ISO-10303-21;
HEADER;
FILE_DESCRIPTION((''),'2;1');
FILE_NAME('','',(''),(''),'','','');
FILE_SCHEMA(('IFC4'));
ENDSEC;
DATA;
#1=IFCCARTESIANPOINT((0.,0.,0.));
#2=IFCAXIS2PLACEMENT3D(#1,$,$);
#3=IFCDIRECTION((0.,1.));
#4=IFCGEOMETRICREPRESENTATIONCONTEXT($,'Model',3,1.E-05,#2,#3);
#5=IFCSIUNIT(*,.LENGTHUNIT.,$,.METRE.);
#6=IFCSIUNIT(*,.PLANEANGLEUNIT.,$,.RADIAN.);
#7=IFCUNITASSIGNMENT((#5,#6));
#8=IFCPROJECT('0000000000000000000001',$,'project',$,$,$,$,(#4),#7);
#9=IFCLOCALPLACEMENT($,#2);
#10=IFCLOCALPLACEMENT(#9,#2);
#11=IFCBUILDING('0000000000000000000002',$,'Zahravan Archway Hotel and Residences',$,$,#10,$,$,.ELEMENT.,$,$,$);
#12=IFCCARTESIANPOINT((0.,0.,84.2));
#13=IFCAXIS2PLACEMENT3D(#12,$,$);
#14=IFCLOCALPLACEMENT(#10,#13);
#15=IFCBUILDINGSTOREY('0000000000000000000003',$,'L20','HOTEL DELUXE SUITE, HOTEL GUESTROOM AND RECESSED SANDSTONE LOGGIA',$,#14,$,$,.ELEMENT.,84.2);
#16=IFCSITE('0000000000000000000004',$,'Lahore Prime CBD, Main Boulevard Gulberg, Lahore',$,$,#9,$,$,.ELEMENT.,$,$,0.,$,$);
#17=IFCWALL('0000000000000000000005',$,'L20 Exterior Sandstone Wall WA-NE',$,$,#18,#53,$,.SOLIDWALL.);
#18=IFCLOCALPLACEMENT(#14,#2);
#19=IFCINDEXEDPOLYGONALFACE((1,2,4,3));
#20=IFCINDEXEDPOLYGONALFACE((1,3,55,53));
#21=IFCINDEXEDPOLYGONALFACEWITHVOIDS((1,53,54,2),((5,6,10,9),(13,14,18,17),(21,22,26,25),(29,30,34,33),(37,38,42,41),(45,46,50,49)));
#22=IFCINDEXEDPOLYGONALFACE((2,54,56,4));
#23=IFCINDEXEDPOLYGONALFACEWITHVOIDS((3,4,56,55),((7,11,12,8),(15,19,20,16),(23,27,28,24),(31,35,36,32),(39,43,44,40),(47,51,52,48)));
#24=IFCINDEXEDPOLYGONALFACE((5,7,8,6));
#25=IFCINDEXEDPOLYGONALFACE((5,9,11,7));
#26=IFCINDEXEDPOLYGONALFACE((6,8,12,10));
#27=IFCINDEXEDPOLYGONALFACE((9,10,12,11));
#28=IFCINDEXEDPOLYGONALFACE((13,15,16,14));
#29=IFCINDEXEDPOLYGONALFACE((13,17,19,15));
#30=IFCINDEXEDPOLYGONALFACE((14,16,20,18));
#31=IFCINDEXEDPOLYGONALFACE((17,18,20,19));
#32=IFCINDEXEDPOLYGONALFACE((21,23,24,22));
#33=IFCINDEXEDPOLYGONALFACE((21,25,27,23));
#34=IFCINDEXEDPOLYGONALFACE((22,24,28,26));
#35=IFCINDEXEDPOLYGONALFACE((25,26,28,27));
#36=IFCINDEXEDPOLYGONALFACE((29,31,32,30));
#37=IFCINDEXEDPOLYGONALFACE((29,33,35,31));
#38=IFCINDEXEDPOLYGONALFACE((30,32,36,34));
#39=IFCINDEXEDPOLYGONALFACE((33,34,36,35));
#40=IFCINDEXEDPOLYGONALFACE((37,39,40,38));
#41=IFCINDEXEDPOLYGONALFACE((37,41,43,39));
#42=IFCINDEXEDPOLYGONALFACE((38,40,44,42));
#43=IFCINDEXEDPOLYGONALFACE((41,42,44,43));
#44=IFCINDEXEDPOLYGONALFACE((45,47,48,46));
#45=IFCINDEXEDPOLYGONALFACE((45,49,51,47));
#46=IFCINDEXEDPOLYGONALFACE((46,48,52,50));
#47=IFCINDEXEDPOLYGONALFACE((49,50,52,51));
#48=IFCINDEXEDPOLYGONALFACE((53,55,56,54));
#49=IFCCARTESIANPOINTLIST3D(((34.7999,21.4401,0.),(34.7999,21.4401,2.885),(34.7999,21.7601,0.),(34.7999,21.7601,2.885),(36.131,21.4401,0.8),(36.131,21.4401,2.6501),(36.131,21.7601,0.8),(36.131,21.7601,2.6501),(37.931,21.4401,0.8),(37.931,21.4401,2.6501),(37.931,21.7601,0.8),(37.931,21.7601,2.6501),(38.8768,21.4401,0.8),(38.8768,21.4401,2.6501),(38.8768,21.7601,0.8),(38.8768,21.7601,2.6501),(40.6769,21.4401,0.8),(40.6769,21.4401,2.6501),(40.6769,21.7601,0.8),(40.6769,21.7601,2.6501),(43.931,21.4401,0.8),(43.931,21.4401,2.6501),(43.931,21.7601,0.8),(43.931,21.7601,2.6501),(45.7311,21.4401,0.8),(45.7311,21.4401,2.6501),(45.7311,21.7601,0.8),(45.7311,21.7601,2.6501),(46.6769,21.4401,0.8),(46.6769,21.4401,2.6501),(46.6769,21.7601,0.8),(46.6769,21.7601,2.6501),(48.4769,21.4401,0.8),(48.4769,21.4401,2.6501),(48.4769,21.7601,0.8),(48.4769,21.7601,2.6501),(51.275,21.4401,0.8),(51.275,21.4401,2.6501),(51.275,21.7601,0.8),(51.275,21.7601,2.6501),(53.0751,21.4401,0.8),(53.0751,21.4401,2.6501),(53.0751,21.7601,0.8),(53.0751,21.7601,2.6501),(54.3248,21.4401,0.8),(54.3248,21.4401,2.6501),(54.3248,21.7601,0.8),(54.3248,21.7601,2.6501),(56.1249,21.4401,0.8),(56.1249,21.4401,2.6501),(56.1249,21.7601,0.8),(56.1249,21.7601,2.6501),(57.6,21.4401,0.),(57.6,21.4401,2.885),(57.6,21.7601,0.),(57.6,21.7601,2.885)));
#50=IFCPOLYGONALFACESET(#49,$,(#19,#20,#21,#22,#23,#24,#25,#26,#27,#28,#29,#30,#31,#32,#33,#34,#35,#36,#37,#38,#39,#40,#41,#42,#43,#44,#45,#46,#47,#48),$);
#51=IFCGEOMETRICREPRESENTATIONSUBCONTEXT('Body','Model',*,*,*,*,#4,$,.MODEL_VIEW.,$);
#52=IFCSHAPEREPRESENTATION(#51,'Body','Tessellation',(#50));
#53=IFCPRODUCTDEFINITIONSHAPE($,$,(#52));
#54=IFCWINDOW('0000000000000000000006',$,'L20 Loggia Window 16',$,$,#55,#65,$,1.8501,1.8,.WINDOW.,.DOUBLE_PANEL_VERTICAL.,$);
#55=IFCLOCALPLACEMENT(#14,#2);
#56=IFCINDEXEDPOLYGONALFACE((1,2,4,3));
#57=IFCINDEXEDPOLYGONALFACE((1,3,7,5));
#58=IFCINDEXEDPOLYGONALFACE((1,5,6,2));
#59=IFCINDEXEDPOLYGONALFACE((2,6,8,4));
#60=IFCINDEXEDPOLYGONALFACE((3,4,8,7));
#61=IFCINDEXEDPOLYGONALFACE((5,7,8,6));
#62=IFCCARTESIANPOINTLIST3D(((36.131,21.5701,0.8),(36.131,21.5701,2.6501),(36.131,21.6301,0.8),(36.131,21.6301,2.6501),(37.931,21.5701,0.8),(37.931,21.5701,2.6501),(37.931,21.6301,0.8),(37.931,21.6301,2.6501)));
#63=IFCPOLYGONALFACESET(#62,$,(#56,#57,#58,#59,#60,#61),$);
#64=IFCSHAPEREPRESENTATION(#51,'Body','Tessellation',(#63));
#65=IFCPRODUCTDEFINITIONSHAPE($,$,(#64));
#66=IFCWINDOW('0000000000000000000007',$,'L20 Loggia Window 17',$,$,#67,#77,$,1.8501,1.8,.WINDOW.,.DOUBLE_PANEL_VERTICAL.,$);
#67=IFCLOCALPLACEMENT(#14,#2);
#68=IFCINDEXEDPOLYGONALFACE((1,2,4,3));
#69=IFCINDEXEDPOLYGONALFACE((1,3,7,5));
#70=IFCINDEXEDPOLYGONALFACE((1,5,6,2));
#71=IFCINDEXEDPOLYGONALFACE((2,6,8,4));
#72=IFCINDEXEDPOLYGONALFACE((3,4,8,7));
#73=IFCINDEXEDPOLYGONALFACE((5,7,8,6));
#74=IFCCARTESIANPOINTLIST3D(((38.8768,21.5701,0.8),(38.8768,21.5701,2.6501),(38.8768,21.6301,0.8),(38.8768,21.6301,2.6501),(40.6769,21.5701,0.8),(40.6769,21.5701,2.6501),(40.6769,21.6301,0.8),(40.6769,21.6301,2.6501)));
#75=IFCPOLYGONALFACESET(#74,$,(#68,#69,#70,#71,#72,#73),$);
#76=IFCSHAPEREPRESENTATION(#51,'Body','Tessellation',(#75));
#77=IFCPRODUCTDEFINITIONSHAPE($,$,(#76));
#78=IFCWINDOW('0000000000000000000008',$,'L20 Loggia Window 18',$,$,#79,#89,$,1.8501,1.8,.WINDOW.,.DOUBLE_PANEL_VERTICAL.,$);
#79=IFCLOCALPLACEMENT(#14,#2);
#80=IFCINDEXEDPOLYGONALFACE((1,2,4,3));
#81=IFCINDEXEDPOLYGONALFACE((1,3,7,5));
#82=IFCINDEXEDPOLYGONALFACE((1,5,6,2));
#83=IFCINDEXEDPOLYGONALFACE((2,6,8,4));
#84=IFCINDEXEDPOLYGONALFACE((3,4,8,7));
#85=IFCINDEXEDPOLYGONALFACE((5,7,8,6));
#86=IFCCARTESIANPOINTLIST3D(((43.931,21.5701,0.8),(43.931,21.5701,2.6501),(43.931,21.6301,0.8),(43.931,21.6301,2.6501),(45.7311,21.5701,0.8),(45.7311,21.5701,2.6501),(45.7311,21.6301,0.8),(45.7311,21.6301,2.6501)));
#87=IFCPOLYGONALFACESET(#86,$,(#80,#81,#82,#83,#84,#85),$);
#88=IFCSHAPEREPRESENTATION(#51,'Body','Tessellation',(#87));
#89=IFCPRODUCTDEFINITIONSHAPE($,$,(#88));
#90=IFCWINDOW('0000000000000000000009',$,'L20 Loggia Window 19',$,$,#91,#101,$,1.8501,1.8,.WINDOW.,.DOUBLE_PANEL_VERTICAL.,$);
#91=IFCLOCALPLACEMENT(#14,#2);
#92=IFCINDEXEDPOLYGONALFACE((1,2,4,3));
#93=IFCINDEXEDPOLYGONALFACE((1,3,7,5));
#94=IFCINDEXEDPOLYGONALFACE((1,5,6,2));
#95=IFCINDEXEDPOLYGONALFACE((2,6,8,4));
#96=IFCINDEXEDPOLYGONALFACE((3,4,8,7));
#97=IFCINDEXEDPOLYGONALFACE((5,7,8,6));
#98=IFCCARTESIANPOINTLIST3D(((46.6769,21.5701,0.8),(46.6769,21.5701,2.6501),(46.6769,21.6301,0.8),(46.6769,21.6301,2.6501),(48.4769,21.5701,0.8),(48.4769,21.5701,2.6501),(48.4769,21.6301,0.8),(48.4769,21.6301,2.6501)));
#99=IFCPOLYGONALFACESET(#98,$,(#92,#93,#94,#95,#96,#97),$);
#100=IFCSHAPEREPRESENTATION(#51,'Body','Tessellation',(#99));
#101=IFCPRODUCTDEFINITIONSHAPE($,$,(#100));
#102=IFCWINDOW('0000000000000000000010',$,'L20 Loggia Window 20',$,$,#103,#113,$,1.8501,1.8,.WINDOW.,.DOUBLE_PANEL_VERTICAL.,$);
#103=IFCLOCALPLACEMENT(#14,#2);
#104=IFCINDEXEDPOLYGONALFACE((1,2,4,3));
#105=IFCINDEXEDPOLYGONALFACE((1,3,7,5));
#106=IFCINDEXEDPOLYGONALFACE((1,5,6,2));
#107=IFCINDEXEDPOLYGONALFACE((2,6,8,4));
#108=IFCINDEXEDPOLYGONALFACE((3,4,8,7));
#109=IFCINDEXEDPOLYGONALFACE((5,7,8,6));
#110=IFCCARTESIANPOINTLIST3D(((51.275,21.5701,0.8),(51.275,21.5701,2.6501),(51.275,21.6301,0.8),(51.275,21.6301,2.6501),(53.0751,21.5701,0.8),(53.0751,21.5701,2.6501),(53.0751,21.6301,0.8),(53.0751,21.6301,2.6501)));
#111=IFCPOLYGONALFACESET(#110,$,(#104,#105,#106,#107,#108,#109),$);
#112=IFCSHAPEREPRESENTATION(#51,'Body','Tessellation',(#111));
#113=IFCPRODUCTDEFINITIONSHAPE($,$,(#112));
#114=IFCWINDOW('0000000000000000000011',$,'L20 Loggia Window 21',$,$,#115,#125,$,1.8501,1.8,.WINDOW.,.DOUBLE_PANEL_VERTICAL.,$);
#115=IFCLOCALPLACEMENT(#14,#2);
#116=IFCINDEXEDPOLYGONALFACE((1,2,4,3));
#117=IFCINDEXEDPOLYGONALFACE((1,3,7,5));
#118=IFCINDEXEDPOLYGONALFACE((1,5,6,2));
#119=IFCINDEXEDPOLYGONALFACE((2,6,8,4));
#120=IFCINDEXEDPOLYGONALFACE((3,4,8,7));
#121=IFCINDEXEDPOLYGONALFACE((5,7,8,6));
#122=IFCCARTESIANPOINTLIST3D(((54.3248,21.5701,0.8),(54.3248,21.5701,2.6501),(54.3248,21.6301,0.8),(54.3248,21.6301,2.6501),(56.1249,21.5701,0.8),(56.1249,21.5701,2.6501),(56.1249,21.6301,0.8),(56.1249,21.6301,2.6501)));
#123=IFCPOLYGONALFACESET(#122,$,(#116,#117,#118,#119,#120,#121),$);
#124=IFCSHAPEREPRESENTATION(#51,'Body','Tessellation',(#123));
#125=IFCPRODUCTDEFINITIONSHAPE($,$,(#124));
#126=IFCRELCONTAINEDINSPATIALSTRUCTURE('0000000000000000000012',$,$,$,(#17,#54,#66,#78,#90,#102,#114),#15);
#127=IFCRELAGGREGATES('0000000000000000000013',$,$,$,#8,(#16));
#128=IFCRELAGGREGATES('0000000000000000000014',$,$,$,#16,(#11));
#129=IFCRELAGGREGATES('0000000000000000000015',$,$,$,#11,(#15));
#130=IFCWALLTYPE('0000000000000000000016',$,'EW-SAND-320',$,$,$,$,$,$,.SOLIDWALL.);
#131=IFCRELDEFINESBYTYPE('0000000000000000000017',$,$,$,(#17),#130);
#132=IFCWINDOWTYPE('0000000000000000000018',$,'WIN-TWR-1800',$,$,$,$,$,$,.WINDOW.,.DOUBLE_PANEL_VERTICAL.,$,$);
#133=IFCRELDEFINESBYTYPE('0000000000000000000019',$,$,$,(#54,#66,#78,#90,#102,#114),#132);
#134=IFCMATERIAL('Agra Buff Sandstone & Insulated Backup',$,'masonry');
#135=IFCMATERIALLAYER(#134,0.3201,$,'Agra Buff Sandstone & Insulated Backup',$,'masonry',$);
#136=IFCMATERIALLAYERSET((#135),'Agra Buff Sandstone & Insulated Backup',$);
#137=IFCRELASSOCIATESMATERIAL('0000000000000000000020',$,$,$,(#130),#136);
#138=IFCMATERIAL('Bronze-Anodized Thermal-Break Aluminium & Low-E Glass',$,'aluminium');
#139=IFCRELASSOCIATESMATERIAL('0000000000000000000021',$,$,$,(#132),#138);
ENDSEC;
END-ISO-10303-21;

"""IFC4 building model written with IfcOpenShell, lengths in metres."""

from ifc_helpers import new_model, si_unit, direction, frame, frame_2d, origin, place, context, subcontext, project, spatial, rectangle, extrude, source, transform, mapped, material, layer, layer_set, type_object, type_shapes, element, fill, save


model = new_model("IFC4")

# Units and contexts
model_context = context("Model", 3, precision=1e-05, world=origin(), true_north=direction((0.0, 1.0)))
body_context = subcontext(model_context, "Body", "Model", "MODEL_VIEW")
ifc_project = project(units=[si_unit("LENGTHUNIT", "METRE"), si_unit("PLANEANGLEUNIT", "RADIAN")], contexts=[model_context])

# Site, building, storey
site_placement = place(None, origin())
site = spatial("IfcSite", under=ifc_project, at=site_placement, Name="Lahore Prime CBD, Main Boulevard Gulberg, Lahore", CompositionType="ELEMENT", RefElevation=0.0)
building_placement = place(site_placement, origin())
building = spatial("IfcBuilding", under=site, at=building_placement, Name="Zahravan Archway Hotel and Residences", CompositionType="ELEMENT")
storey_placement = place(building_placement, frame((0.0, 0.0, 84.2)))
storey = spatial("IfcBuildingStorey", under=building, at=storey_placement, Name="L20", Description="HOTEL DELUXE SUITE, HOTEL GUESTROOM AND RECESSED SANDSTONE LOGGIA", CompositionType="ELEMENT", Elevation=84.2)

# Wall, openings, windows
ifc_material_1 = material(Name="Agra Buff Sandstone & Insulated Backup", Category="masonry")
ifc_layer_1 = layer(ifc_material_1, 0.3201, Name="Agra Buff Sandstone & Insulated Backup", Category="masonry")
ifc_layer_set_1 = layer_set([ifc_layer_1], Name="Agra Buff Sandstone & Insulated Backup")
wall_type = type_object("IfcWallType", Name="EW-SAND-320", PredefinedType="SOLIDWALL", material=ifc_layer_set_1)
wall_placement = place(storey_placement, frame((34.8, 21.6001, 0.0), z_axis=(0.0, 0.0, 1.0), x_axis=(1.0, 0.0, 0.0)))
wall = element("IfcWall", 1, at=wall_placement, inside=storey, type_object=wall_type, Name="L20 Exterior Sandstone Wall WA-NE", PredefinedType="SOLIDWALL", context=body_context, shape_type="SweptSolid", body=[
    extrude(rectangle(XDim=22.8, YDim=0.3201, at=frame_2d((11.3999, 0.0))), origin(), (0.0, 0.0, 1.0), 2.885),
])
opening_1_placement = place(wall_placement, frame((1.3311, 0.0, 0.8)))
opening_1 = element("IfcOpeningElement", 2, at=opening_1_placement, cuts=wall, PredefinedType="OPENING", context=body_context, shape_type="SweptSolid", body=[
    extrude(rectangle(XDim=1.8, YDim=1.8501, at=frame_2d((0.8999, 0.925))), frame((0.0, 0.1699, 0.0), z_axis=(0.0, -1.0, 0.0), x_axis=(1.0, 0.0, 0.0)), (0.0, 0.0, 1.0), 0.3401),
])
opening_2_placement = place(wall_placement, frame((4.0769, 0.0, 0.8)))
opening_2 = element("IfcOpeningElement", 3, at=opening_2_placement, cuts=wall, PredefinedType="OPENING", context=body_context, shape_type="SweptSolid", body=[
    extrude(rectangle(XDim=1.8, YDim=1.8501, at=frame_2d((0.8999, 0.925))), frame((0.0, 0.1699, 0.0), z_axis=(0.0, -1.0, 0.0), x_axis=(1.0, 0.0, 0.0)), (0.0, 0.0, 1.0), 0.3401),
])
opening_3_placement = place(wall_placement, frame((9.1311, 0.0, 0.8)))
opening_3 = element("IfcOpeningElement", 4, at=opening_3_placement, cuts=wall, PredefinedType="OPENING", context=body_context, shape_type="SweptSolid", body=[
    extrude(rectangle(XDim=1.8, YDim=1.8501, at=frame_2d((0.8999, 0.925))), frame((0.0, 0.1699, 0.0), z_axis=(0.0, -1.0, 0.0), x_axis=(1.0, 0.0, 0.0)), (0.0, 0.0, 1.0), 0.3401),
])
opening_4_placement = place(wall_placement, frame((11.877, 0.0, 0.8)))
opening_4 = element("IfcOpeningElement", 5, at=opening_4_placement, cuts=wall, PredefinedType="OPENING", context=body_context, shape_type="SweptSolid", body=[
    extrude(rectangle(XDim=1.8, YDim=1.8501, at=frame_2d((0.8999, 0.925))), frame((0.0, 0.1699, 0.0), z_axis=(0.0, -1.0, 0.0), x_axis=(1.0, 0.0, 0.0)), (0.0, 0.0, 1.0), 0.3401),
])
opening_5_placement = place(wall_placement, frame((16.4751, 0.0, 0.8)))
opening_5 = element("IfcOpeningElement", 6, at=opening_5_placement, cuts=wall, PredefinedType="OPENING", context=body_context, shape_type="SweptSolid", body=[
    extrude(rectangle(XDim=1.8, YDim=1.8501, at=frame_2d((0.8999, 0.925))), frame((0.0, 0.1699, 0.0), z_axis=(0.0, -1.0, 0.0), x_axis=(1.0, 0.0, 0.0)), (0.0, 0.0, 1.0), 0.3401),
])
opening_6_placement = place(wall_placement, frame((19.5249, 0.0, 0.8)))
opening_6 = element("IfcOpeningElement", 7, at=opening_6_placement, cuts=wall, PredefinedType="OPENING", context=body_context, shape_type="SweptSolid", body=[
    extrude(rectangle(XDim=1.8, YDim=1.8501, at=frame_2d((0.8999, 0.925))), frame((0.0, 0.1699, 0.0), z_axis=(0.0, -1.0, 0.0), x_axis=(1.0, 0.0, 0.0)), (0.0, 0.0, 1.0), 0.3401),
])
ifc_material_2 = material(Name="Bronze-Anodized Thermal-Break Aluminium & Low-E Glass", Category="aluminium")
window_type = type_object("IfcWindowType", Name="WIN-TWR-1800", PartitioningType="DOUBLE_PANEL_VERTICAL", PredefinedType="WINDOW", material=ifc_material_2)
shared_shape_1 = source(origin(), body_context, "Body", "SweptSolid", [
    extrude(rectangle(XDim=1.8, YDim=1.8501, at=frame_2d((0.8999, 0.925))), frame((0.0, 0.03, 0.0), z_axis=(0.0, -1.0, 0.0), x_axis=(1.0, 0.0, 0.0)), (0.0, 0.0, 1.0), 0.0601),
])
type_shapes(window_type, [shared_shape_1])
window_1_placement = place(opening_1_placement, origin())
window_1 = element("IfcWindow", 8, at=window_1_placement, inside=storey, type_object=window_type, Name="L20 Loggia Window 16", OverallHeight=1.8501, OverallWidth=1.8, PartitioningType="DOUBLE_PANEL_VERTICAL", PredefinedType="WINDOW", context=body_context, shape_type="MappedRepresentation", body=[
    mapped(shared_shape_1, transform((0.0, 0.0, 0.0), scale=1.0)),
])
fill(opening_1, window_1)
window_2_placement = place(opening_2_placement, origin())
window_2 = element("IfcWindow", 9, at=window_2_placement, inside=storey, type_object=window_type, Name="L20 Loggia Window 17", OverallHeight=1.8501, OverallWidth=1.8, PartitioningType="DOUBLE_PANEL_VERTICAL", PredefinedType="WINDOW", context=body_context, shape_type="MappedRepresentation", body=[
    mapped(shared_shape_1, transform((0.0, 0.0, 0.0), scale=1.0)),
])
fill(opening_2, window_2)
window_3_placement = place(opening_3_placement, origin())
window_3 = element("IfcWindow", 10, at=window_3_placement, inside=storey, type_object=window_type, Name="L20 Loggia Window 18", OverallHeight=1.8501, OverallWidth=1.8, PartitioningType="DOUBLE_PANEL_VERTICAL", PredefinedType="WINDOW", context=body_context, shape_type="MappedRepresentation", body=[
    mapped(shared_shape_1, transform((0.0, 0.0, 0.0), scale=1.0)),
])
fill(opening_3, window_3)
window_4_placement = place(opening_4_placement, origin())
window_4 = element("IfcWindow", 11, at=window_4_placement, inside=storey, type_object=window_type, Name="L20 Loggia Window 19", OverallHeight=1.8501, OverallWidth=1.8, PartitioningType="DOUBLE_PANEL_VERTICAL", PredefinedType="WINDOW", context=body_context, shape_type="MappedRepresentation", body=[
    mapped(shared_shape_1, transform((0.0, 0.0, 0.0), scale=1.0)),
])
fill(opening_4, window_4)
window_5_placement = place(opening_5_placement, origin())
window_5 = element("IfcWindow", 12, at=window_5_placement, inside=storey, type_object=window_type, Name="L20 Loggia Window 20", OverallHeight=1.8501, OverallWidth=1.8, PartitioningType="DOUBLE_PANEL_VERTICAL", PredefinedType="WINDOW", context=body_context, shape_type="MappedRepresentation", body=[
    mapped(shared_shape_1, transform((0.0, 0.0, 0.0), scale=1.0)),
])
fill(opening_5, window_5)
window_6_placement = place(opening_6_placement, origin())
window_6 = element("IfcWindow", 13, at=window_6_placement, inside=storey, type_object=window_type, Name="L20 Loggia Window 21", OverallHeight=1.8501, OverallWidth=1.8, PartitioningType="DOUBLE_PANEL_VERTICAL", PredefinedType="WINDOW", context=body_context, shape_type="MappedRepresentation", body=[
    mapped(shared_shape_1, transform((0.0, 0.0, 0.0), scale=1.0)),
])
fill(opening_6, window_6)

save(model, "model.ifc")
